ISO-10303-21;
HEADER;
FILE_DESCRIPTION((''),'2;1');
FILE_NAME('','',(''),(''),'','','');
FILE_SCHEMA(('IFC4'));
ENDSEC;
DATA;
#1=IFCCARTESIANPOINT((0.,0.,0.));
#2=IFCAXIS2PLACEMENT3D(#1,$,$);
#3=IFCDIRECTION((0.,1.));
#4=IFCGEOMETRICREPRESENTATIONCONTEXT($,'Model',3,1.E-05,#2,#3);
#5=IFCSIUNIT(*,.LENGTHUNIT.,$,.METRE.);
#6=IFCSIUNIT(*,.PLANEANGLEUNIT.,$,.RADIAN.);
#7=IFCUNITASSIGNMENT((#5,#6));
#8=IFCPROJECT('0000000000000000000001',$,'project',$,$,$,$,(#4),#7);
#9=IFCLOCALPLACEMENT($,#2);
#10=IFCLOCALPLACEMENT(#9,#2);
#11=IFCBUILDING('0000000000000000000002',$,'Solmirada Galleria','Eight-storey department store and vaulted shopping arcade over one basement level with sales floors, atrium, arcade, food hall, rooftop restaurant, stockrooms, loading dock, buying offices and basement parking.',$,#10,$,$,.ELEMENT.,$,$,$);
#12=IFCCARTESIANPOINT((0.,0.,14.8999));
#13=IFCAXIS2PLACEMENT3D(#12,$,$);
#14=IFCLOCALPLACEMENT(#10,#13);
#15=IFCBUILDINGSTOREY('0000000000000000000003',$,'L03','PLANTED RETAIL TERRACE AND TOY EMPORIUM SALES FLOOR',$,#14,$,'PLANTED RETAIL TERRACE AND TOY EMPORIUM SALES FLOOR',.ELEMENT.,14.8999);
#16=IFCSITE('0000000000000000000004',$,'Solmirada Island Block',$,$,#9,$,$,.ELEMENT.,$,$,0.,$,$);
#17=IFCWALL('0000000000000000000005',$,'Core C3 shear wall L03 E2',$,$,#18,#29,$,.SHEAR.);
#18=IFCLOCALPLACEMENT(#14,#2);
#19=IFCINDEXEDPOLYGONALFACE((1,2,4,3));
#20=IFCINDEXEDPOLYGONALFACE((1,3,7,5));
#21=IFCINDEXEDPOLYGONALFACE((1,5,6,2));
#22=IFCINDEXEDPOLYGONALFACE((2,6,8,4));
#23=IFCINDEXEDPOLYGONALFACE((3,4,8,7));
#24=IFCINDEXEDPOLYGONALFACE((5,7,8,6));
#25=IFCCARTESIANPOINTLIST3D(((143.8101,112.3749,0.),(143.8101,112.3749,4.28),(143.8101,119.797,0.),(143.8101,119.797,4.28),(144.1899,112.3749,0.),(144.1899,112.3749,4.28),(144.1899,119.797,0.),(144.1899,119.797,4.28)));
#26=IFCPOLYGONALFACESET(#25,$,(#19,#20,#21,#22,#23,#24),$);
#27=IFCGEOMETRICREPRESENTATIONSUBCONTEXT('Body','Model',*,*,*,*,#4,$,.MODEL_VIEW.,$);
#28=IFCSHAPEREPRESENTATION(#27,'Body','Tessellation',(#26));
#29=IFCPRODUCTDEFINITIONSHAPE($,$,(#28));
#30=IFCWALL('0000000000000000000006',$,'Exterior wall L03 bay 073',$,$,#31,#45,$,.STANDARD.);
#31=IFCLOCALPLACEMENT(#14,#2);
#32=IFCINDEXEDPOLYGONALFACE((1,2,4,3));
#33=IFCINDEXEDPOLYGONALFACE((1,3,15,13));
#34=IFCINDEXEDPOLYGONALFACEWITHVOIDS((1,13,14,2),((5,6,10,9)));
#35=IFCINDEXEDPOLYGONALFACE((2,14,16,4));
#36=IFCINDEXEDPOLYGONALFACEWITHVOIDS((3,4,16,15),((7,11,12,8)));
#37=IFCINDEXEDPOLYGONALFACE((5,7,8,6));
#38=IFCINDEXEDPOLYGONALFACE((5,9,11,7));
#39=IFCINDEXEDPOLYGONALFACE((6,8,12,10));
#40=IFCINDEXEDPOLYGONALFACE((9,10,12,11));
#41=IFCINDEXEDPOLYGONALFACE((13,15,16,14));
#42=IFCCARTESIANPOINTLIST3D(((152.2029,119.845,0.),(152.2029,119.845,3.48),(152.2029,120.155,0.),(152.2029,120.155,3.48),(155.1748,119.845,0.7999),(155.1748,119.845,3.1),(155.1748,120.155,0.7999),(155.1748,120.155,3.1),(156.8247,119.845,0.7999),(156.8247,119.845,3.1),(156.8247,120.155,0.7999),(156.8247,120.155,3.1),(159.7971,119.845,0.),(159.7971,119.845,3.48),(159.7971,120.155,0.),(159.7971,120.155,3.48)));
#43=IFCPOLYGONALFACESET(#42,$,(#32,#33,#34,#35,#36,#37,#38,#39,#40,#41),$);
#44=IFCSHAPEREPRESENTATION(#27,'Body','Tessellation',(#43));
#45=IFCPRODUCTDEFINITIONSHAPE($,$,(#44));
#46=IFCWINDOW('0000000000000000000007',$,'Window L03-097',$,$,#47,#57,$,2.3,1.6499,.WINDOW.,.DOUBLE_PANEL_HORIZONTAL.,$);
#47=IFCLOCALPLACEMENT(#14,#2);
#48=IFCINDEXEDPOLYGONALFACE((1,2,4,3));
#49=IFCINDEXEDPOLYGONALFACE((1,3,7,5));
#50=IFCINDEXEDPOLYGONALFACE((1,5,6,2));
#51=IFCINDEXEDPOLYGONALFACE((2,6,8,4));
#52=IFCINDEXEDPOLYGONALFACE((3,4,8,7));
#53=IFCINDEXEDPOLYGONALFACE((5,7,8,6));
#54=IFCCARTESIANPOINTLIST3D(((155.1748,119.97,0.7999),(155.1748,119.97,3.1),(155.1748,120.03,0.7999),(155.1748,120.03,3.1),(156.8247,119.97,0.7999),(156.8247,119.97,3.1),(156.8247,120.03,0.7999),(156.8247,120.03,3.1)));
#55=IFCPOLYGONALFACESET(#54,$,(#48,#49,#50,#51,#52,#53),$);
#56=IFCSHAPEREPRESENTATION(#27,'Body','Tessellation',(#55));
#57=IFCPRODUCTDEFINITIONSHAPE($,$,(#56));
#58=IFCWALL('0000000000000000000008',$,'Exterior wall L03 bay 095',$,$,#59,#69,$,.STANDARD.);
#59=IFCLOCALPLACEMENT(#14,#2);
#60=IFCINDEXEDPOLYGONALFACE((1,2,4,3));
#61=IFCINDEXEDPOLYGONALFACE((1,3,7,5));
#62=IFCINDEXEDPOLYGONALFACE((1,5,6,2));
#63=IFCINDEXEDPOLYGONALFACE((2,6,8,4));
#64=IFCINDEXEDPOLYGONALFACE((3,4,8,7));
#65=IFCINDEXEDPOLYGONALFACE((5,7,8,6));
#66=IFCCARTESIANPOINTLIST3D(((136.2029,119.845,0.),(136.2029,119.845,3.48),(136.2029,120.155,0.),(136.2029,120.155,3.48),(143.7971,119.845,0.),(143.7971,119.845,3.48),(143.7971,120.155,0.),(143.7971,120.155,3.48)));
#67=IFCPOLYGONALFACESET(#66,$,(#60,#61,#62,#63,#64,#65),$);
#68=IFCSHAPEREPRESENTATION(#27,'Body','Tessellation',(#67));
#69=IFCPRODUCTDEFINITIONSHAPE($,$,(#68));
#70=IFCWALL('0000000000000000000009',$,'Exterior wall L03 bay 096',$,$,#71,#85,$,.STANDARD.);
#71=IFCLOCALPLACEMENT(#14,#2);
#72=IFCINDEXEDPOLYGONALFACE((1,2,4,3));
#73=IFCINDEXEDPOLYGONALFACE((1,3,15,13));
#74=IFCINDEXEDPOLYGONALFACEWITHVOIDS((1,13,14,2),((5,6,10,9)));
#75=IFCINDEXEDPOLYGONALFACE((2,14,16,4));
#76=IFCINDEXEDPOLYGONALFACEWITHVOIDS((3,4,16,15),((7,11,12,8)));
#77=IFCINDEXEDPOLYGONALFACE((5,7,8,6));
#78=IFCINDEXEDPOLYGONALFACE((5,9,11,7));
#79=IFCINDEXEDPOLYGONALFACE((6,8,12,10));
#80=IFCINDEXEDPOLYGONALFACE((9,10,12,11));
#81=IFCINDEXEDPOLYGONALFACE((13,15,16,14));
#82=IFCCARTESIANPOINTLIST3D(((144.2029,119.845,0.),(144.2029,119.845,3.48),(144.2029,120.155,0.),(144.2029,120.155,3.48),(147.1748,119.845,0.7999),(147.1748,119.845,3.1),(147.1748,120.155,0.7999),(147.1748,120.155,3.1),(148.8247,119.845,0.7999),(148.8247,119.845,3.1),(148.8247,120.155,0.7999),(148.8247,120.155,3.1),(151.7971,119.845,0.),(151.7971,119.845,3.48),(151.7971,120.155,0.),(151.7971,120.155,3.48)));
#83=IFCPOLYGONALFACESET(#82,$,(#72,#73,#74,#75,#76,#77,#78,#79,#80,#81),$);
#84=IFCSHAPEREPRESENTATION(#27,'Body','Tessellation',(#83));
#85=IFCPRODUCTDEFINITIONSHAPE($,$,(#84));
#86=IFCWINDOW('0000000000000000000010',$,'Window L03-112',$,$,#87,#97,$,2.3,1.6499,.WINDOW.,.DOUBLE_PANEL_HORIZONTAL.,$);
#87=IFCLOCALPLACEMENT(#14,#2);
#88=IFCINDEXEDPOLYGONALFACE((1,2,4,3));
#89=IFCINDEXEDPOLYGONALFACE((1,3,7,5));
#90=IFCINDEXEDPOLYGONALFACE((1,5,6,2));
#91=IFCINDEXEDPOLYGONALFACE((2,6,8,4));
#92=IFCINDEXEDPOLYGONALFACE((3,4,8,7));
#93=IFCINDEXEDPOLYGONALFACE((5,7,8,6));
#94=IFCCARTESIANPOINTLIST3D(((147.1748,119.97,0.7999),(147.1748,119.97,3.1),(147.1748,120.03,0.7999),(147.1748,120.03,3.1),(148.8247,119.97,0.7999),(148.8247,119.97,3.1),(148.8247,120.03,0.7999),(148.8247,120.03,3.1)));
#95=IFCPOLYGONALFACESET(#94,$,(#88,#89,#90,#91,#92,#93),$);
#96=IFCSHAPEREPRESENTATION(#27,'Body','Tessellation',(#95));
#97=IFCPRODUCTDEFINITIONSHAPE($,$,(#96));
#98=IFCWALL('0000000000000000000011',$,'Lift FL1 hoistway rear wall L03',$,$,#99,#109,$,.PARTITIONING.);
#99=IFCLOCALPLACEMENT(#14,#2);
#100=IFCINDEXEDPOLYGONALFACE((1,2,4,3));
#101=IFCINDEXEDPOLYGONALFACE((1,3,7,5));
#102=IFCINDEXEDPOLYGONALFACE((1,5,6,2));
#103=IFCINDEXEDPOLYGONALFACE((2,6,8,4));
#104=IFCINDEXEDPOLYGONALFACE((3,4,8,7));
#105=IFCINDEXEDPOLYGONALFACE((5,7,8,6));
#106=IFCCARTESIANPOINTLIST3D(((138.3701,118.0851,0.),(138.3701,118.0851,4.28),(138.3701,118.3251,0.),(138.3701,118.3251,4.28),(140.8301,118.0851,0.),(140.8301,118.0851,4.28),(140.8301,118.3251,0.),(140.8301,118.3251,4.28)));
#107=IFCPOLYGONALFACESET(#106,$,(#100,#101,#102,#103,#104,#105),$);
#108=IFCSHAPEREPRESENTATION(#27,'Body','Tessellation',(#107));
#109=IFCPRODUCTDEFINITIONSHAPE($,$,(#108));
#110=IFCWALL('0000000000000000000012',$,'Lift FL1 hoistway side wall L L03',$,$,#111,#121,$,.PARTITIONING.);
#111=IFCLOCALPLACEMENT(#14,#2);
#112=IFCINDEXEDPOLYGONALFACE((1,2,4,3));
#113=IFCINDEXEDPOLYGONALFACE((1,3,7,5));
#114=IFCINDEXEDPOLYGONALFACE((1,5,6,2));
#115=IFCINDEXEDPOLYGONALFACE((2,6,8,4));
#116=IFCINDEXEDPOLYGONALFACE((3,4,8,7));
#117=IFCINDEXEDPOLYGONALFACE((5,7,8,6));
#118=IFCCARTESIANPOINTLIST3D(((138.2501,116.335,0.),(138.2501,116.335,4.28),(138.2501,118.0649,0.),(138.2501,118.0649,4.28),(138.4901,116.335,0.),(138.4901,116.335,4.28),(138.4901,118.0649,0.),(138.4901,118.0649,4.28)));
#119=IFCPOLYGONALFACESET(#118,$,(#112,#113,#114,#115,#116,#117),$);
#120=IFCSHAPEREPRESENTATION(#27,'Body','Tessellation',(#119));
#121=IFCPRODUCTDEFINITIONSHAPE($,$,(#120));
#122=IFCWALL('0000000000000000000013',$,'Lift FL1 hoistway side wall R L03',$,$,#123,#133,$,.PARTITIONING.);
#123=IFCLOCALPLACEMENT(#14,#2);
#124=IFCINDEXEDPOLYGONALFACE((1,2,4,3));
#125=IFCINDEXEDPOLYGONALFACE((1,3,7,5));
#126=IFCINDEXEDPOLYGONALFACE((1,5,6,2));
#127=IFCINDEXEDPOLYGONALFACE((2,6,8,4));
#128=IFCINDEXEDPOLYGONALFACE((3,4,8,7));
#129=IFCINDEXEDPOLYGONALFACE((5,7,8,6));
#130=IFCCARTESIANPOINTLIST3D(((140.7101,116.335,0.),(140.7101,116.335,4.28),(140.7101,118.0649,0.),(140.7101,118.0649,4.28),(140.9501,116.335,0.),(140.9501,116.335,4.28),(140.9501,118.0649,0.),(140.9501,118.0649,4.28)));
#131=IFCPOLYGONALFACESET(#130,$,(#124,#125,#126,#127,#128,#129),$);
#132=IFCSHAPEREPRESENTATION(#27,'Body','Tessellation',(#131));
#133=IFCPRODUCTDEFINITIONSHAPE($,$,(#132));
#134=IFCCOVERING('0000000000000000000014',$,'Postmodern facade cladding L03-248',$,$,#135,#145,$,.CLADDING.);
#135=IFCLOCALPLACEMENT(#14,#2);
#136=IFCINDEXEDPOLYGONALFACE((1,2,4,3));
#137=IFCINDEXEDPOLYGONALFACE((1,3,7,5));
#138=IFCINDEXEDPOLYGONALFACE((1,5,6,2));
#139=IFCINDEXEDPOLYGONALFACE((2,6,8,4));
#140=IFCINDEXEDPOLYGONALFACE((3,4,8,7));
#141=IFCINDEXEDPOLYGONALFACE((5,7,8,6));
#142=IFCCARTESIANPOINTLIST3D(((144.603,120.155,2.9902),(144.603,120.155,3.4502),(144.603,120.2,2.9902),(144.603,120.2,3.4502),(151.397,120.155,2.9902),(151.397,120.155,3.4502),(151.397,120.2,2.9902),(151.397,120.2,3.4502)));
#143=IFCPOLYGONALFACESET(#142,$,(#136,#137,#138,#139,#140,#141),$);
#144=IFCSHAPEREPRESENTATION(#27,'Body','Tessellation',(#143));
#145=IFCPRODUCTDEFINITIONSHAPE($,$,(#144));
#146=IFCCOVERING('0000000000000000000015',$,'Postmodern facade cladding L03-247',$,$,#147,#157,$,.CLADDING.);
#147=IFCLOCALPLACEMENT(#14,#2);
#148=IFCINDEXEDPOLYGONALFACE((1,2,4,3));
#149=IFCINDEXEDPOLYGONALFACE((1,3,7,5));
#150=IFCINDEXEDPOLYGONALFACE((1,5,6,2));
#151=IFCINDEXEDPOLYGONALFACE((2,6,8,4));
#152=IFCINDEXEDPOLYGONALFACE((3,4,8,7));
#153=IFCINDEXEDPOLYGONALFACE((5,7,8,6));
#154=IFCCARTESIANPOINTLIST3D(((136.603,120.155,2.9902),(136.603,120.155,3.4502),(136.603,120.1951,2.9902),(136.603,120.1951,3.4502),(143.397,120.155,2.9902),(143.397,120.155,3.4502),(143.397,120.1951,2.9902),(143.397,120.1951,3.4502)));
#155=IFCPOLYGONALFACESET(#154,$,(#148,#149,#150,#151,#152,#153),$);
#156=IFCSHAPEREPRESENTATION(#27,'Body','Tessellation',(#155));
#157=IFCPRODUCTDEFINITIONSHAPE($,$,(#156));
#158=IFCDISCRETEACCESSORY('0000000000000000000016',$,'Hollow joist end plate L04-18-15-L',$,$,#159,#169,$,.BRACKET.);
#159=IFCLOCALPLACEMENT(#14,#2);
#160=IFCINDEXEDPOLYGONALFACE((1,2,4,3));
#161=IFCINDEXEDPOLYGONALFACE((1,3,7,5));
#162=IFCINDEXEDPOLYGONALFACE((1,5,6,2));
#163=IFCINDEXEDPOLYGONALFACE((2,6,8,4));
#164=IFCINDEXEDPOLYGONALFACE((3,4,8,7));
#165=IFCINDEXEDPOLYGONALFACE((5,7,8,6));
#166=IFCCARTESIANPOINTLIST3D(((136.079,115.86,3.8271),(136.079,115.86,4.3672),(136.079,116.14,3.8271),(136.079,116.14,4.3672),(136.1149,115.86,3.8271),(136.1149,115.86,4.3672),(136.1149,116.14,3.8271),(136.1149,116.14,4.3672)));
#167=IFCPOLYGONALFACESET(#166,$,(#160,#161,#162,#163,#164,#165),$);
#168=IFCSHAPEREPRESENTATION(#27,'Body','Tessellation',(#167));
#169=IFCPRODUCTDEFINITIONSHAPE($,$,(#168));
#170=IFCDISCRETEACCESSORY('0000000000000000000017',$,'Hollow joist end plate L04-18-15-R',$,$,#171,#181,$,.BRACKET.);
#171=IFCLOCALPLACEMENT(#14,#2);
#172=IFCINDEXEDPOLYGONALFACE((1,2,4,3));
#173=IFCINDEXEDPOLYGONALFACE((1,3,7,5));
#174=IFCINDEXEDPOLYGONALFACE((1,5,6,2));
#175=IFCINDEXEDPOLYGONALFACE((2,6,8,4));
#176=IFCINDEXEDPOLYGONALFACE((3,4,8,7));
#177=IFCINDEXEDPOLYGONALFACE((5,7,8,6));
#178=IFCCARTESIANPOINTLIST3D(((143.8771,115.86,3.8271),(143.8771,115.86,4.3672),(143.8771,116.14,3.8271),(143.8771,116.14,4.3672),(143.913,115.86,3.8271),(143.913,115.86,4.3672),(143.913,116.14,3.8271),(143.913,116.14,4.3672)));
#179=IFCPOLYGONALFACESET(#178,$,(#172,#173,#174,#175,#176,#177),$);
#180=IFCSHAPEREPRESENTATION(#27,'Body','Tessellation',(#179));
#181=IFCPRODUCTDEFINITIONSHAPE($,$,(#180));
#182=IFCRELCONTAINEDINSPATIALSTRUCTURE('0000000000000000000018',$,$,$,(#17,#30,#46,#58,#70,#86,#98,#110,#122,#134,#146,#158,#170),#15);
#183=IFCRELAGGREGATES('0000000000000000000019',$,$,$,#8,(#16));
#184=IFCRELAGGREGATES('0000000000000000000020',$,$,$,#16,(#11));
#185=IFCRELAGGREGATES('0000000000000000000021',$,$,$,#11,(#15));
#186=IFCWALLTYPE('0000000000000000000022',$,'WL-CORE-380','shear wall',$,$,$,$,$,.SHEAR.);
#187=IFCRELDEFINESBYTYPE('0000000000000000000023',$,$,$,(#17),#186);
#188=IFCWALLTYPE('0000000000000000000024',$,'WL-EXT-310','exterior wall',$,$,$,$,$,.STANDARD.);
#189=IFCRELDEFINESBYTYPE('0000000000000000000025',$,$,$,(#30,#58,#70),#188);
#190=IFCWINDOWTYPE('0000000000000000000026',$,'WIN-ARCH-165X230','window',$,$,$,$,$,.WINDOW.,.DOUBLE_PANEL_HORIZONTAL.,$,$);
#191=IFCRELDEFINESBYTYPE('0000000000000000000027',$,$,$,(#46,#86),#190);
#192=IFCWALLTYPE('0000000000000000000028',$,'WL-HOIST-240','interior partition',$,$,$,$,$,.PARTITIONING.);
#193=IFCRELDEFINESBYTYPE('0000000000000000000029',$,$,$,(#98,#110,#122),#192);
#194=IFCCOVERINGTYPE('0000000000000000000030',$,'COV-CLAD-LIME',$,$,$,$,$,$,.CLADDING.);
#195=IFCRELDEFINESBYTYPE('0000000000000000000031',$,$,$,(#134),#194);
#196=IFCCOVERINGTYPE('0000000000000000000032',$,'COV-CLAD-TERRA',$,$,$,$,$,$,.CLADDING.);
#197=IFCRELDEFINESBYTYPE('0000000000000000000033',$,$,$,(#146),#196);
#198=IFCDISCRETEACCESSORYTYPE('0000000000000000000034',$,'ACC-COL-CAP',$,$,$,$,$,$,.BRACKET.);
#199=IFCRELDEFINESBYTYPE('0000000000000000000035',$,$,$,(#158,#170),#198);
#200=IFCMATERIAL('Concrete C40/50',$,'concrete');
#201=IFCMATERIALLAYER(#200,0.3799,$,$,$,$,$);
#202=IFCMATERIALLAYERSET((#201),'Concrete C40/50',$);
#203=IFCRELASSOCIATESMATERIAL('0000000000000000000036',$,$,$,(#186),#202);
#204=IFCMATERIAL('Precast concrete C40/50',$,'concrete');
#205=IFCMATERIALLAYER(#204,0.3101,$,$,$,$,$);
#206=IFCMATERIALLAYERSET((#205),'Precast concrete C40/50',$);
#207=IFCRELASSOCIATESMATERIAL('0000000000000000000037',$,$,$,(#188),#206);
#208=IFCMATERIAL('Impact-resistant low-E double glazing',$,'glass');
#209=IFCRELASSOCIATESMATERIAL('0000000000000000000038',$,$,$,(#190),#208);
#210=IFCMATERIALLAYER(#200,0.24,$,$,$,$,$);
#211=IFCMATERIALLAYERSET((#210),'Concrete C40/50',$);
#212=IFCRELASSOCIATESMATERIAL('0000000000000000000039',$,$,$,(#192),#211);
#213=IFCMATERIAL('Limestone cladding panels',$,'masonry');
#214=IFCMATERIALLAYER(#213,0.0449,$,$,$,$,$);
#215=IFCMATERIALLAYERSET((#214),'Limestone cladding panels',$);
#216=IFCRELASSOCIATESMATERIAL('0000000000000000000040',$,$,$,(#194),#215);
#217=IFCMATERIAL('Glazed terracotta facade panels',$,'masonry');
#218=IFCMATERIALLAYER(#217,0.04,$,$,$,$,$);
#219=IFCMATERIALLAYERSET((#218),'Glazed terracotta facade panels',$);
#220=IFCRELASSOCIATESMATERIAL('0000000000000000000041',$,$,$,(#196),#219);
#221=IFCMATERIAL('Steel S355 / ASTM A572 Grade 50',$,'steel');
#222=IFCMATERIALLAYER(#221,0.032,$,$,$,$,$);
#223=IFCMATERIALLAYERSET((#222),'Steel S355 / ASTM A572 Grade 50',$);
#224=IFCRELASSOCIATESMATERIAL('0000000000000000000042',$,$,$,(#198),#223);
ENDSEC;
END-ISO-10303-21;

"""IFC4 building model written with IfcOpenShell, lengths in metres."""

from ifc_helpers import new_model, si_unit, direction, frame, frame_2d, origin, origin_2d, place, context, subcontext, project, spatial, rectangle, extrude, material, layer, layer_set, type_object, element, fill, save


model = new_model("IFC4")

# Units and contexts
model_context = context("Model", 3, precision=1e-05, world=origin(), true_north=direction((0.0, 1.0)))
body_context = subcontext(model_context, "Body", "Model", "MODEL_VIEW")
ifc_project = project(units=[si_unit("LENGTHUNIT", "METRE"), si_unit("PLANEANGLEUNIT", "RADIAN")], contexts=[model_context])

# Site, building, storey
site_placement = place(None, origin())
site = spatial("IfcSite", under=ifc_project, at=site_placement, Name="Solmirada Island Block", CompositionType="ELEMENT", RefElevation=0.0)
building_placement = place(site_placement, origin())
building = spatial("IfcBuilding", under=site, at=building_placement, Name="Solmirada Galleria", Description="Eight-storey department store and vaulted shopping arcade over one basement level with sales floors, atrium, arcade, food hall, rooftop restaurant, stockrooms, loading dock, buying offices and basement parking.", CompositionType="ELEMENT")
storey_placement = place(building_placement, frame((0.0, 0.0, 14.8999)))
storey = spatial("IfcBuildingStorey", under=building, at=storey_placement, Name="L03", Description="PLANTED RETAIL TERRACE AND TOY EMPORIUM SALES FLOOR", LongName="PLANTED RETAIL TERRACE AND TOY EMPORIUM SALES FLOOR", CompositionType="ELEMENT", Elevation=14.8999)

# Shared definitions
ifc_material_1 = material(Name="Concrete C40/50", Category="concrete")

# Wall
ifc_layer_1 = layer(ifc_material_1, 0.3799)
ifc_layer_set_1 = layer_set([ifc_layer_1], Name="Concrete C40/50")
wall_type_1 = type_object("IfcWallType", Name="WL-CORE-380", Description="shear wall", PredefinedType="SHEAR", material=ifc_layer_set_1)
wall_1_placement = place(storey_placement, frame((144.0, 112.375, 0.0), z_axis=(0.0, 0.0, 1.0), x_axis=(0.0, 1.0, 0.0)))
element("IfcWall", 1, at=wall_1_placement, inside=storey, type_object=wall_type_1, Name="Core C3 shear wall L03 E2", PredefinedType="SHEAR", context=body_context, shape_type="SweptSolid", body=[
    extrude(rectangle(XDim=7.4221, YDim=0.3799, at=frame_2d((3.7109, 0.0))), origin(), (0.0, 0.0, 1.0), 4.28),
])

# Wall, opening, window
ifc_material_2 = material(Name="Precast concrete C40/50", Category="concrete")
ifc_layer_2 = layer(ifc_material_2, 0.3101)
ifc_layer_set_2 = layer_set([ifc_layer_2], Name="Precast concrete C40/50")
wall_type_2 = type_object("IfcWallType", Name="WL-EXT-310", Description="exterior wall", PredefinedType="STANDARD", material=ifc_layer_set_2)
wall_2_placement = place(storey_placement, frame((152.2029, 120.0, 0.0), z_axis=(0.0, 0.0, 1.0), x_axis=(1.0, 0.0, 0.0)))
wall_2 = element("IfcWall", 2, at=wall_2_placement, inside=storey, type_object=wall_type_2, Name="Exterior wall L03 bay 073", PredefinedType="STANDARD", context=body_context, shape_type="SweptSolid", body=[
    extrude(rectangle(XDim=7.5942, YDim=0.3101, at=frame_2d((3.7971, 0.0))), origin(), (0.0, 0.0, 1.0), 3.48),
])
opening_1_placement = place(wall_2_placement, frame((2.9719, 0.0, 0.8)))
opening_1 = element("IfcOpeningElement", 3, at=opening_1_placement, cuts=wall_2, PredefinedType="OPENING", context=body_context, shape_type="SweptSolid", body=[
    extrude(rectangle(XDim=1.6499, YDim=2.3, at=frame_2d((0.825, 1.1499))), frame((0.0, 0.165, 0.0), z_axis=(0.0, -1.0, 0.0), x_axis=(1.0, 0.0, 0.0)), (0.0, 0.0, 1.0), 0.3301),
])
ifc_material_3 = material(Name="Impact-resistant low-E double glazing", Category="glass")
window_type = type_object("IfcWindowType", Name="WIN-ARCH-165X230", Description="window", PartitioningType="DOUBLE_PANEL_HORIZONTAL", PredefinedType="WINDOW", material=ifc_material_3)
window_1_placement = place(opening_1_placement, origin())
window_1 = element("IfcWindow", 4, at=window_1_placement, inside=storey, type_object=window_type, Name="Window L03-097", OverallHeight=2.3, OverallWidth=1.6499, PartitioningType="DOUBLE_PANEL_HORIZONTAL", PredefinedType="WINDOW", context=body_context, shape_type="SweptSolid", body=[
    extrude(rectangle(XDim=1.6499, YDim=2.3, at=frame_2d((0.825, 1.1499))), frame((0.0, 0.03, 0.0), z_axis=(0.0, -1.0, 0.0), x_axis=(1.0, 0.0, 0.0)), (0.0, 0.0, 1.0), 0.0601),
])
fill(opening_1, window_1)

# Wall
wall_3_placement = place(storey_placement, frame((136.2029, 120.0, 0.0), z_axis=(0.0, 0.0, 1.0), x_axis=(1.0, 0.0, 0.0)))
element("IfcWall", 5, at=wall_3_placement, inside=storey, type_object=wall_type_2, Name="Exterior wall L03 bay 095", PredefinedType="STANDARD", context=body_context, shape_type="SweptSolid", body=[
    extrude(rectangle(XDim=7.5942, YDim=0.3101, at=frame_2d((3.7971, 0.0))), origin(), (0.0, 0.0, 1.0), 3.48),
])

# Wall, opening, window
wall_4_placement = place(storey_placement, frame((144.2029, 120.0, 0.0), z_axis=(0.0, 0.0, 1.0), x_axis=(1.0, 0.0, 0.0)))
wall_4 = element("IfcWall", 6, at=wall_4_placement, inside=storey, type_object=wall_type_2, Name="Exterior wall L03 bay 096", PredefinedType="STANDARD", context=body_context, shape_type="SweptSolid", body=[
    extrude(rectangle(XDim=7.5942, YDim=0.3101, at=frame_2d((3.7971, 0.0))), origin(), (0.0, 0.0, 1.0), 3.48),
])
opening_2_placement = place(wall_4_placement, frame((2.9719, 0.0, 0.8)))
opening_2 = element("IfcOpeningElement", 7, at=opening_2_placement, cuts=wall_4, PredefinedType="OPENING", context=body_context, shape_type="SweptSolid", body=[
    extrude(rectangle(XDim=1.6499, YDim=2.3, at=frame_2d((0.825, 1.1499))), frame((0.0, 0.165, 0.0), z_axis=(0.0, -1.0, 0.0), x_axis=(1.0, 0.0, 0.0)), (0.0, 0.0, 1.0), 0.3301),
])
window_2_placement = place(opening_2_placement, origin())
window_2 = element("IfcWindow", 8, at=window_2_placement, inside=storey, type_object=window_type, Name="Window L03-112", OverallHeight=2.3, OverallWidth=1.6499, PartitioningType="DOUBLE_PANEL_HORIZONTAL", PredefinedType="WINDOW", context=body_context, shape_type="SweptSolid", body=[
    extrude(rectangle(XDim=1.6499, YDim=2.3, at=frame_2d((0.825, 1.1499))), frame((0.0, 0.03, 0.0), z_axis=(0.0, -1.0, 0.0), x_axis=(1.0, 0.0, 0.0)), (0.0, 0.0, 1.0), 0.0601),
])
fill(opening_2, window_2)

# Shared definitions
ifc_layer_3 = layer(ifc_material_1, 0.24)
ifc_layer_set_3 = layer_set([ifc_layer_3], Name="Concrete C40/50")
wall_type_3 = type_object("IfcWallType", Name="WL-HOIST-240", Description="interior partition", PredefinedType="PARTITIONING", material=ifc_layer_set_3)

# Walls
wall_5_placement = place(storey_placement, frame((138.3701, 118.2051, 0.0), z_axis=(0.0, 0.0, 1.0), x_axis=(1.0, 0.0, 0.0)))
element("IfcWall", 9, at=wall_5_placement, inside=storey, type_object=wall_type_3, Name="Lift FL1 hoistway rear wall L03", PredefinedType="PARTITIONING", context=body_context, shape_type="SweptSolid", body=[
    extrude(rectangle(XDim=2.46, YDim=0.24, at=frame_2d((1.23, 0.0))), origin(), (0.0, 0.0, 1.0), 4.28),
])
for number, where, z_axis, x_axis, name in (
    (10, (138.3701, 116.335, 0.0), (0.0, 0.0, 1.0), (0.0, 1.0, 0.0), "Lift FL1 hoistway side wall L L03"),
    (11, (140.8301, 116.335, 0.0), (0.0, 0.0, 1.0), (0.0, 1.0, 0.0), "Lift FL1 hoistway side wall R L03"),
):
    element("IfcWall", number, at=place(storey_placement, frame(where, z_axis=z_axis, x_axis=x_axis)), inside=storey, type_object=wall_type_3, Name=name, PredefinedType="PARTITIONING", context=body_context, shape_type="SweptSolid", body=[
        extrude(rectangle(XDim=1.73, YDim=0.24, at=frame_2d((0.865, 0.0))), origin(), (0.0, 0.0, 1.0), 4.28),
    ])

# Coverings
ifc_material_4 = material(Name="Limestone cladding panels", Category="masonry")
ifc_layer_4 = layer(ifc_material_4, 0.0449)
ifc_layer_set_4 = layer_set([ifc_layer_4], Name="Limestone cladding panels")
covering_type_1 = type_object("IfcCoveringType", Name="COV-CLAD-LIME", PredefinedType="CLADDING", material=ifc_layer_set_4)
covering_1_placement = place(storey_placement, frame((148.0, 120.1775, 2.9902), z_axis=(0.0, 0.0, 1.0), x_axis=(1.0, 0.0, 0.0)))
element("IfcCovering", 12, at=covering_1_placement, inside=storey, type_object=covering_type_1, Name="Postmodern facade cladding L03-248", PredefinedType="CLADDING", context=body_context, shape_type="SweptSolid", body=[
    extrude(rectangle(XDim=6.7939, YDim=0.0449, at=origin_2d()), origin(), (0.0, 0.0, 1.0), 0.46),
])
ifc_material_5 = material(Name="Glazed terracotta facade panels", Category="masonry")
ifc_layer_5 = layer(ifc_material_5, 0.04)
ifc_layer_set_5 = layer_set([ifc_layer_5], Name="Glazed terracotta facade panels")
covering_type_2 = type_object("IfcCoveringType", Name="COV-CLAD-TERRA", PredefinedType="CLADDING", material=ifc_layer_set_5)
covering_2_placement = place(storey_placement, frame((140.0, 120.175, 2.9902), z_axis=(0.0, 0.0, 1.0), x_axis=(1.0, 0.0, 0.0)))
element("IfcCovering", 13, at=covering_2_placement, inside=storey, type_object=covering_type_2, Name="Postmodern facade cladding L03-247", PredefinedType="CLADDING", context=body_context, shape_type="SweptSolid", body=[
    extrude(rectangle(XDim=6.7939, YDim=0.04, at=origin_2d()), origin(), (0.0, 0.0, 1.0), 0.46),
])

# Discrete accessories
ifc_material_6 = material(Name="Steel S355 / ASTM A572 Grade 50", Category="steel")
ifc_layer_6 = layer(ifc_material_6, 0.032)
ifc_layer_set_6 = layer_set([ifc_layer_6], Name="Steel S355 / ASTM A572 Grade 50")
discrete_accessory_type = type_object("IfcDiscreteAccessoryType", Name="ACC-COL-CAP", PredefinedType="BRACKET", material=ifc_layer_set_6)
for number, where, z_axis, x_axis, name in (
    (14, (136.0969, 116.0, 3.8271), (0.0, 0.0, 1.0), (1.0, 0.0, 0.0), "Hollow joist end plate L04-18-15-L"),
    (15, (143.895, 116.0, 3.8271), (0.0, 0.0, 1.0), (1.0, 0.0, 0.0), "Hollow joist end plate L04-18-15-R"),
):
    element("IfcDiscreteAccessory", number, at=place(storey_placement, frame(where, z_axis=z_axis, x_axis=x_axis)), inside=storey, type_object=discrete_accessory_type, Name=name, PredefinedType="BRACKET", context=body_context, shape_type="SweptSolid", body=[
        extrude(rectangle(XDim=0.0359, YDim=0.28, at=origin_2d()), origin(), (0.0, 0.0, 1.0), 0.54),
    ])

save(model, "model.ifc")
